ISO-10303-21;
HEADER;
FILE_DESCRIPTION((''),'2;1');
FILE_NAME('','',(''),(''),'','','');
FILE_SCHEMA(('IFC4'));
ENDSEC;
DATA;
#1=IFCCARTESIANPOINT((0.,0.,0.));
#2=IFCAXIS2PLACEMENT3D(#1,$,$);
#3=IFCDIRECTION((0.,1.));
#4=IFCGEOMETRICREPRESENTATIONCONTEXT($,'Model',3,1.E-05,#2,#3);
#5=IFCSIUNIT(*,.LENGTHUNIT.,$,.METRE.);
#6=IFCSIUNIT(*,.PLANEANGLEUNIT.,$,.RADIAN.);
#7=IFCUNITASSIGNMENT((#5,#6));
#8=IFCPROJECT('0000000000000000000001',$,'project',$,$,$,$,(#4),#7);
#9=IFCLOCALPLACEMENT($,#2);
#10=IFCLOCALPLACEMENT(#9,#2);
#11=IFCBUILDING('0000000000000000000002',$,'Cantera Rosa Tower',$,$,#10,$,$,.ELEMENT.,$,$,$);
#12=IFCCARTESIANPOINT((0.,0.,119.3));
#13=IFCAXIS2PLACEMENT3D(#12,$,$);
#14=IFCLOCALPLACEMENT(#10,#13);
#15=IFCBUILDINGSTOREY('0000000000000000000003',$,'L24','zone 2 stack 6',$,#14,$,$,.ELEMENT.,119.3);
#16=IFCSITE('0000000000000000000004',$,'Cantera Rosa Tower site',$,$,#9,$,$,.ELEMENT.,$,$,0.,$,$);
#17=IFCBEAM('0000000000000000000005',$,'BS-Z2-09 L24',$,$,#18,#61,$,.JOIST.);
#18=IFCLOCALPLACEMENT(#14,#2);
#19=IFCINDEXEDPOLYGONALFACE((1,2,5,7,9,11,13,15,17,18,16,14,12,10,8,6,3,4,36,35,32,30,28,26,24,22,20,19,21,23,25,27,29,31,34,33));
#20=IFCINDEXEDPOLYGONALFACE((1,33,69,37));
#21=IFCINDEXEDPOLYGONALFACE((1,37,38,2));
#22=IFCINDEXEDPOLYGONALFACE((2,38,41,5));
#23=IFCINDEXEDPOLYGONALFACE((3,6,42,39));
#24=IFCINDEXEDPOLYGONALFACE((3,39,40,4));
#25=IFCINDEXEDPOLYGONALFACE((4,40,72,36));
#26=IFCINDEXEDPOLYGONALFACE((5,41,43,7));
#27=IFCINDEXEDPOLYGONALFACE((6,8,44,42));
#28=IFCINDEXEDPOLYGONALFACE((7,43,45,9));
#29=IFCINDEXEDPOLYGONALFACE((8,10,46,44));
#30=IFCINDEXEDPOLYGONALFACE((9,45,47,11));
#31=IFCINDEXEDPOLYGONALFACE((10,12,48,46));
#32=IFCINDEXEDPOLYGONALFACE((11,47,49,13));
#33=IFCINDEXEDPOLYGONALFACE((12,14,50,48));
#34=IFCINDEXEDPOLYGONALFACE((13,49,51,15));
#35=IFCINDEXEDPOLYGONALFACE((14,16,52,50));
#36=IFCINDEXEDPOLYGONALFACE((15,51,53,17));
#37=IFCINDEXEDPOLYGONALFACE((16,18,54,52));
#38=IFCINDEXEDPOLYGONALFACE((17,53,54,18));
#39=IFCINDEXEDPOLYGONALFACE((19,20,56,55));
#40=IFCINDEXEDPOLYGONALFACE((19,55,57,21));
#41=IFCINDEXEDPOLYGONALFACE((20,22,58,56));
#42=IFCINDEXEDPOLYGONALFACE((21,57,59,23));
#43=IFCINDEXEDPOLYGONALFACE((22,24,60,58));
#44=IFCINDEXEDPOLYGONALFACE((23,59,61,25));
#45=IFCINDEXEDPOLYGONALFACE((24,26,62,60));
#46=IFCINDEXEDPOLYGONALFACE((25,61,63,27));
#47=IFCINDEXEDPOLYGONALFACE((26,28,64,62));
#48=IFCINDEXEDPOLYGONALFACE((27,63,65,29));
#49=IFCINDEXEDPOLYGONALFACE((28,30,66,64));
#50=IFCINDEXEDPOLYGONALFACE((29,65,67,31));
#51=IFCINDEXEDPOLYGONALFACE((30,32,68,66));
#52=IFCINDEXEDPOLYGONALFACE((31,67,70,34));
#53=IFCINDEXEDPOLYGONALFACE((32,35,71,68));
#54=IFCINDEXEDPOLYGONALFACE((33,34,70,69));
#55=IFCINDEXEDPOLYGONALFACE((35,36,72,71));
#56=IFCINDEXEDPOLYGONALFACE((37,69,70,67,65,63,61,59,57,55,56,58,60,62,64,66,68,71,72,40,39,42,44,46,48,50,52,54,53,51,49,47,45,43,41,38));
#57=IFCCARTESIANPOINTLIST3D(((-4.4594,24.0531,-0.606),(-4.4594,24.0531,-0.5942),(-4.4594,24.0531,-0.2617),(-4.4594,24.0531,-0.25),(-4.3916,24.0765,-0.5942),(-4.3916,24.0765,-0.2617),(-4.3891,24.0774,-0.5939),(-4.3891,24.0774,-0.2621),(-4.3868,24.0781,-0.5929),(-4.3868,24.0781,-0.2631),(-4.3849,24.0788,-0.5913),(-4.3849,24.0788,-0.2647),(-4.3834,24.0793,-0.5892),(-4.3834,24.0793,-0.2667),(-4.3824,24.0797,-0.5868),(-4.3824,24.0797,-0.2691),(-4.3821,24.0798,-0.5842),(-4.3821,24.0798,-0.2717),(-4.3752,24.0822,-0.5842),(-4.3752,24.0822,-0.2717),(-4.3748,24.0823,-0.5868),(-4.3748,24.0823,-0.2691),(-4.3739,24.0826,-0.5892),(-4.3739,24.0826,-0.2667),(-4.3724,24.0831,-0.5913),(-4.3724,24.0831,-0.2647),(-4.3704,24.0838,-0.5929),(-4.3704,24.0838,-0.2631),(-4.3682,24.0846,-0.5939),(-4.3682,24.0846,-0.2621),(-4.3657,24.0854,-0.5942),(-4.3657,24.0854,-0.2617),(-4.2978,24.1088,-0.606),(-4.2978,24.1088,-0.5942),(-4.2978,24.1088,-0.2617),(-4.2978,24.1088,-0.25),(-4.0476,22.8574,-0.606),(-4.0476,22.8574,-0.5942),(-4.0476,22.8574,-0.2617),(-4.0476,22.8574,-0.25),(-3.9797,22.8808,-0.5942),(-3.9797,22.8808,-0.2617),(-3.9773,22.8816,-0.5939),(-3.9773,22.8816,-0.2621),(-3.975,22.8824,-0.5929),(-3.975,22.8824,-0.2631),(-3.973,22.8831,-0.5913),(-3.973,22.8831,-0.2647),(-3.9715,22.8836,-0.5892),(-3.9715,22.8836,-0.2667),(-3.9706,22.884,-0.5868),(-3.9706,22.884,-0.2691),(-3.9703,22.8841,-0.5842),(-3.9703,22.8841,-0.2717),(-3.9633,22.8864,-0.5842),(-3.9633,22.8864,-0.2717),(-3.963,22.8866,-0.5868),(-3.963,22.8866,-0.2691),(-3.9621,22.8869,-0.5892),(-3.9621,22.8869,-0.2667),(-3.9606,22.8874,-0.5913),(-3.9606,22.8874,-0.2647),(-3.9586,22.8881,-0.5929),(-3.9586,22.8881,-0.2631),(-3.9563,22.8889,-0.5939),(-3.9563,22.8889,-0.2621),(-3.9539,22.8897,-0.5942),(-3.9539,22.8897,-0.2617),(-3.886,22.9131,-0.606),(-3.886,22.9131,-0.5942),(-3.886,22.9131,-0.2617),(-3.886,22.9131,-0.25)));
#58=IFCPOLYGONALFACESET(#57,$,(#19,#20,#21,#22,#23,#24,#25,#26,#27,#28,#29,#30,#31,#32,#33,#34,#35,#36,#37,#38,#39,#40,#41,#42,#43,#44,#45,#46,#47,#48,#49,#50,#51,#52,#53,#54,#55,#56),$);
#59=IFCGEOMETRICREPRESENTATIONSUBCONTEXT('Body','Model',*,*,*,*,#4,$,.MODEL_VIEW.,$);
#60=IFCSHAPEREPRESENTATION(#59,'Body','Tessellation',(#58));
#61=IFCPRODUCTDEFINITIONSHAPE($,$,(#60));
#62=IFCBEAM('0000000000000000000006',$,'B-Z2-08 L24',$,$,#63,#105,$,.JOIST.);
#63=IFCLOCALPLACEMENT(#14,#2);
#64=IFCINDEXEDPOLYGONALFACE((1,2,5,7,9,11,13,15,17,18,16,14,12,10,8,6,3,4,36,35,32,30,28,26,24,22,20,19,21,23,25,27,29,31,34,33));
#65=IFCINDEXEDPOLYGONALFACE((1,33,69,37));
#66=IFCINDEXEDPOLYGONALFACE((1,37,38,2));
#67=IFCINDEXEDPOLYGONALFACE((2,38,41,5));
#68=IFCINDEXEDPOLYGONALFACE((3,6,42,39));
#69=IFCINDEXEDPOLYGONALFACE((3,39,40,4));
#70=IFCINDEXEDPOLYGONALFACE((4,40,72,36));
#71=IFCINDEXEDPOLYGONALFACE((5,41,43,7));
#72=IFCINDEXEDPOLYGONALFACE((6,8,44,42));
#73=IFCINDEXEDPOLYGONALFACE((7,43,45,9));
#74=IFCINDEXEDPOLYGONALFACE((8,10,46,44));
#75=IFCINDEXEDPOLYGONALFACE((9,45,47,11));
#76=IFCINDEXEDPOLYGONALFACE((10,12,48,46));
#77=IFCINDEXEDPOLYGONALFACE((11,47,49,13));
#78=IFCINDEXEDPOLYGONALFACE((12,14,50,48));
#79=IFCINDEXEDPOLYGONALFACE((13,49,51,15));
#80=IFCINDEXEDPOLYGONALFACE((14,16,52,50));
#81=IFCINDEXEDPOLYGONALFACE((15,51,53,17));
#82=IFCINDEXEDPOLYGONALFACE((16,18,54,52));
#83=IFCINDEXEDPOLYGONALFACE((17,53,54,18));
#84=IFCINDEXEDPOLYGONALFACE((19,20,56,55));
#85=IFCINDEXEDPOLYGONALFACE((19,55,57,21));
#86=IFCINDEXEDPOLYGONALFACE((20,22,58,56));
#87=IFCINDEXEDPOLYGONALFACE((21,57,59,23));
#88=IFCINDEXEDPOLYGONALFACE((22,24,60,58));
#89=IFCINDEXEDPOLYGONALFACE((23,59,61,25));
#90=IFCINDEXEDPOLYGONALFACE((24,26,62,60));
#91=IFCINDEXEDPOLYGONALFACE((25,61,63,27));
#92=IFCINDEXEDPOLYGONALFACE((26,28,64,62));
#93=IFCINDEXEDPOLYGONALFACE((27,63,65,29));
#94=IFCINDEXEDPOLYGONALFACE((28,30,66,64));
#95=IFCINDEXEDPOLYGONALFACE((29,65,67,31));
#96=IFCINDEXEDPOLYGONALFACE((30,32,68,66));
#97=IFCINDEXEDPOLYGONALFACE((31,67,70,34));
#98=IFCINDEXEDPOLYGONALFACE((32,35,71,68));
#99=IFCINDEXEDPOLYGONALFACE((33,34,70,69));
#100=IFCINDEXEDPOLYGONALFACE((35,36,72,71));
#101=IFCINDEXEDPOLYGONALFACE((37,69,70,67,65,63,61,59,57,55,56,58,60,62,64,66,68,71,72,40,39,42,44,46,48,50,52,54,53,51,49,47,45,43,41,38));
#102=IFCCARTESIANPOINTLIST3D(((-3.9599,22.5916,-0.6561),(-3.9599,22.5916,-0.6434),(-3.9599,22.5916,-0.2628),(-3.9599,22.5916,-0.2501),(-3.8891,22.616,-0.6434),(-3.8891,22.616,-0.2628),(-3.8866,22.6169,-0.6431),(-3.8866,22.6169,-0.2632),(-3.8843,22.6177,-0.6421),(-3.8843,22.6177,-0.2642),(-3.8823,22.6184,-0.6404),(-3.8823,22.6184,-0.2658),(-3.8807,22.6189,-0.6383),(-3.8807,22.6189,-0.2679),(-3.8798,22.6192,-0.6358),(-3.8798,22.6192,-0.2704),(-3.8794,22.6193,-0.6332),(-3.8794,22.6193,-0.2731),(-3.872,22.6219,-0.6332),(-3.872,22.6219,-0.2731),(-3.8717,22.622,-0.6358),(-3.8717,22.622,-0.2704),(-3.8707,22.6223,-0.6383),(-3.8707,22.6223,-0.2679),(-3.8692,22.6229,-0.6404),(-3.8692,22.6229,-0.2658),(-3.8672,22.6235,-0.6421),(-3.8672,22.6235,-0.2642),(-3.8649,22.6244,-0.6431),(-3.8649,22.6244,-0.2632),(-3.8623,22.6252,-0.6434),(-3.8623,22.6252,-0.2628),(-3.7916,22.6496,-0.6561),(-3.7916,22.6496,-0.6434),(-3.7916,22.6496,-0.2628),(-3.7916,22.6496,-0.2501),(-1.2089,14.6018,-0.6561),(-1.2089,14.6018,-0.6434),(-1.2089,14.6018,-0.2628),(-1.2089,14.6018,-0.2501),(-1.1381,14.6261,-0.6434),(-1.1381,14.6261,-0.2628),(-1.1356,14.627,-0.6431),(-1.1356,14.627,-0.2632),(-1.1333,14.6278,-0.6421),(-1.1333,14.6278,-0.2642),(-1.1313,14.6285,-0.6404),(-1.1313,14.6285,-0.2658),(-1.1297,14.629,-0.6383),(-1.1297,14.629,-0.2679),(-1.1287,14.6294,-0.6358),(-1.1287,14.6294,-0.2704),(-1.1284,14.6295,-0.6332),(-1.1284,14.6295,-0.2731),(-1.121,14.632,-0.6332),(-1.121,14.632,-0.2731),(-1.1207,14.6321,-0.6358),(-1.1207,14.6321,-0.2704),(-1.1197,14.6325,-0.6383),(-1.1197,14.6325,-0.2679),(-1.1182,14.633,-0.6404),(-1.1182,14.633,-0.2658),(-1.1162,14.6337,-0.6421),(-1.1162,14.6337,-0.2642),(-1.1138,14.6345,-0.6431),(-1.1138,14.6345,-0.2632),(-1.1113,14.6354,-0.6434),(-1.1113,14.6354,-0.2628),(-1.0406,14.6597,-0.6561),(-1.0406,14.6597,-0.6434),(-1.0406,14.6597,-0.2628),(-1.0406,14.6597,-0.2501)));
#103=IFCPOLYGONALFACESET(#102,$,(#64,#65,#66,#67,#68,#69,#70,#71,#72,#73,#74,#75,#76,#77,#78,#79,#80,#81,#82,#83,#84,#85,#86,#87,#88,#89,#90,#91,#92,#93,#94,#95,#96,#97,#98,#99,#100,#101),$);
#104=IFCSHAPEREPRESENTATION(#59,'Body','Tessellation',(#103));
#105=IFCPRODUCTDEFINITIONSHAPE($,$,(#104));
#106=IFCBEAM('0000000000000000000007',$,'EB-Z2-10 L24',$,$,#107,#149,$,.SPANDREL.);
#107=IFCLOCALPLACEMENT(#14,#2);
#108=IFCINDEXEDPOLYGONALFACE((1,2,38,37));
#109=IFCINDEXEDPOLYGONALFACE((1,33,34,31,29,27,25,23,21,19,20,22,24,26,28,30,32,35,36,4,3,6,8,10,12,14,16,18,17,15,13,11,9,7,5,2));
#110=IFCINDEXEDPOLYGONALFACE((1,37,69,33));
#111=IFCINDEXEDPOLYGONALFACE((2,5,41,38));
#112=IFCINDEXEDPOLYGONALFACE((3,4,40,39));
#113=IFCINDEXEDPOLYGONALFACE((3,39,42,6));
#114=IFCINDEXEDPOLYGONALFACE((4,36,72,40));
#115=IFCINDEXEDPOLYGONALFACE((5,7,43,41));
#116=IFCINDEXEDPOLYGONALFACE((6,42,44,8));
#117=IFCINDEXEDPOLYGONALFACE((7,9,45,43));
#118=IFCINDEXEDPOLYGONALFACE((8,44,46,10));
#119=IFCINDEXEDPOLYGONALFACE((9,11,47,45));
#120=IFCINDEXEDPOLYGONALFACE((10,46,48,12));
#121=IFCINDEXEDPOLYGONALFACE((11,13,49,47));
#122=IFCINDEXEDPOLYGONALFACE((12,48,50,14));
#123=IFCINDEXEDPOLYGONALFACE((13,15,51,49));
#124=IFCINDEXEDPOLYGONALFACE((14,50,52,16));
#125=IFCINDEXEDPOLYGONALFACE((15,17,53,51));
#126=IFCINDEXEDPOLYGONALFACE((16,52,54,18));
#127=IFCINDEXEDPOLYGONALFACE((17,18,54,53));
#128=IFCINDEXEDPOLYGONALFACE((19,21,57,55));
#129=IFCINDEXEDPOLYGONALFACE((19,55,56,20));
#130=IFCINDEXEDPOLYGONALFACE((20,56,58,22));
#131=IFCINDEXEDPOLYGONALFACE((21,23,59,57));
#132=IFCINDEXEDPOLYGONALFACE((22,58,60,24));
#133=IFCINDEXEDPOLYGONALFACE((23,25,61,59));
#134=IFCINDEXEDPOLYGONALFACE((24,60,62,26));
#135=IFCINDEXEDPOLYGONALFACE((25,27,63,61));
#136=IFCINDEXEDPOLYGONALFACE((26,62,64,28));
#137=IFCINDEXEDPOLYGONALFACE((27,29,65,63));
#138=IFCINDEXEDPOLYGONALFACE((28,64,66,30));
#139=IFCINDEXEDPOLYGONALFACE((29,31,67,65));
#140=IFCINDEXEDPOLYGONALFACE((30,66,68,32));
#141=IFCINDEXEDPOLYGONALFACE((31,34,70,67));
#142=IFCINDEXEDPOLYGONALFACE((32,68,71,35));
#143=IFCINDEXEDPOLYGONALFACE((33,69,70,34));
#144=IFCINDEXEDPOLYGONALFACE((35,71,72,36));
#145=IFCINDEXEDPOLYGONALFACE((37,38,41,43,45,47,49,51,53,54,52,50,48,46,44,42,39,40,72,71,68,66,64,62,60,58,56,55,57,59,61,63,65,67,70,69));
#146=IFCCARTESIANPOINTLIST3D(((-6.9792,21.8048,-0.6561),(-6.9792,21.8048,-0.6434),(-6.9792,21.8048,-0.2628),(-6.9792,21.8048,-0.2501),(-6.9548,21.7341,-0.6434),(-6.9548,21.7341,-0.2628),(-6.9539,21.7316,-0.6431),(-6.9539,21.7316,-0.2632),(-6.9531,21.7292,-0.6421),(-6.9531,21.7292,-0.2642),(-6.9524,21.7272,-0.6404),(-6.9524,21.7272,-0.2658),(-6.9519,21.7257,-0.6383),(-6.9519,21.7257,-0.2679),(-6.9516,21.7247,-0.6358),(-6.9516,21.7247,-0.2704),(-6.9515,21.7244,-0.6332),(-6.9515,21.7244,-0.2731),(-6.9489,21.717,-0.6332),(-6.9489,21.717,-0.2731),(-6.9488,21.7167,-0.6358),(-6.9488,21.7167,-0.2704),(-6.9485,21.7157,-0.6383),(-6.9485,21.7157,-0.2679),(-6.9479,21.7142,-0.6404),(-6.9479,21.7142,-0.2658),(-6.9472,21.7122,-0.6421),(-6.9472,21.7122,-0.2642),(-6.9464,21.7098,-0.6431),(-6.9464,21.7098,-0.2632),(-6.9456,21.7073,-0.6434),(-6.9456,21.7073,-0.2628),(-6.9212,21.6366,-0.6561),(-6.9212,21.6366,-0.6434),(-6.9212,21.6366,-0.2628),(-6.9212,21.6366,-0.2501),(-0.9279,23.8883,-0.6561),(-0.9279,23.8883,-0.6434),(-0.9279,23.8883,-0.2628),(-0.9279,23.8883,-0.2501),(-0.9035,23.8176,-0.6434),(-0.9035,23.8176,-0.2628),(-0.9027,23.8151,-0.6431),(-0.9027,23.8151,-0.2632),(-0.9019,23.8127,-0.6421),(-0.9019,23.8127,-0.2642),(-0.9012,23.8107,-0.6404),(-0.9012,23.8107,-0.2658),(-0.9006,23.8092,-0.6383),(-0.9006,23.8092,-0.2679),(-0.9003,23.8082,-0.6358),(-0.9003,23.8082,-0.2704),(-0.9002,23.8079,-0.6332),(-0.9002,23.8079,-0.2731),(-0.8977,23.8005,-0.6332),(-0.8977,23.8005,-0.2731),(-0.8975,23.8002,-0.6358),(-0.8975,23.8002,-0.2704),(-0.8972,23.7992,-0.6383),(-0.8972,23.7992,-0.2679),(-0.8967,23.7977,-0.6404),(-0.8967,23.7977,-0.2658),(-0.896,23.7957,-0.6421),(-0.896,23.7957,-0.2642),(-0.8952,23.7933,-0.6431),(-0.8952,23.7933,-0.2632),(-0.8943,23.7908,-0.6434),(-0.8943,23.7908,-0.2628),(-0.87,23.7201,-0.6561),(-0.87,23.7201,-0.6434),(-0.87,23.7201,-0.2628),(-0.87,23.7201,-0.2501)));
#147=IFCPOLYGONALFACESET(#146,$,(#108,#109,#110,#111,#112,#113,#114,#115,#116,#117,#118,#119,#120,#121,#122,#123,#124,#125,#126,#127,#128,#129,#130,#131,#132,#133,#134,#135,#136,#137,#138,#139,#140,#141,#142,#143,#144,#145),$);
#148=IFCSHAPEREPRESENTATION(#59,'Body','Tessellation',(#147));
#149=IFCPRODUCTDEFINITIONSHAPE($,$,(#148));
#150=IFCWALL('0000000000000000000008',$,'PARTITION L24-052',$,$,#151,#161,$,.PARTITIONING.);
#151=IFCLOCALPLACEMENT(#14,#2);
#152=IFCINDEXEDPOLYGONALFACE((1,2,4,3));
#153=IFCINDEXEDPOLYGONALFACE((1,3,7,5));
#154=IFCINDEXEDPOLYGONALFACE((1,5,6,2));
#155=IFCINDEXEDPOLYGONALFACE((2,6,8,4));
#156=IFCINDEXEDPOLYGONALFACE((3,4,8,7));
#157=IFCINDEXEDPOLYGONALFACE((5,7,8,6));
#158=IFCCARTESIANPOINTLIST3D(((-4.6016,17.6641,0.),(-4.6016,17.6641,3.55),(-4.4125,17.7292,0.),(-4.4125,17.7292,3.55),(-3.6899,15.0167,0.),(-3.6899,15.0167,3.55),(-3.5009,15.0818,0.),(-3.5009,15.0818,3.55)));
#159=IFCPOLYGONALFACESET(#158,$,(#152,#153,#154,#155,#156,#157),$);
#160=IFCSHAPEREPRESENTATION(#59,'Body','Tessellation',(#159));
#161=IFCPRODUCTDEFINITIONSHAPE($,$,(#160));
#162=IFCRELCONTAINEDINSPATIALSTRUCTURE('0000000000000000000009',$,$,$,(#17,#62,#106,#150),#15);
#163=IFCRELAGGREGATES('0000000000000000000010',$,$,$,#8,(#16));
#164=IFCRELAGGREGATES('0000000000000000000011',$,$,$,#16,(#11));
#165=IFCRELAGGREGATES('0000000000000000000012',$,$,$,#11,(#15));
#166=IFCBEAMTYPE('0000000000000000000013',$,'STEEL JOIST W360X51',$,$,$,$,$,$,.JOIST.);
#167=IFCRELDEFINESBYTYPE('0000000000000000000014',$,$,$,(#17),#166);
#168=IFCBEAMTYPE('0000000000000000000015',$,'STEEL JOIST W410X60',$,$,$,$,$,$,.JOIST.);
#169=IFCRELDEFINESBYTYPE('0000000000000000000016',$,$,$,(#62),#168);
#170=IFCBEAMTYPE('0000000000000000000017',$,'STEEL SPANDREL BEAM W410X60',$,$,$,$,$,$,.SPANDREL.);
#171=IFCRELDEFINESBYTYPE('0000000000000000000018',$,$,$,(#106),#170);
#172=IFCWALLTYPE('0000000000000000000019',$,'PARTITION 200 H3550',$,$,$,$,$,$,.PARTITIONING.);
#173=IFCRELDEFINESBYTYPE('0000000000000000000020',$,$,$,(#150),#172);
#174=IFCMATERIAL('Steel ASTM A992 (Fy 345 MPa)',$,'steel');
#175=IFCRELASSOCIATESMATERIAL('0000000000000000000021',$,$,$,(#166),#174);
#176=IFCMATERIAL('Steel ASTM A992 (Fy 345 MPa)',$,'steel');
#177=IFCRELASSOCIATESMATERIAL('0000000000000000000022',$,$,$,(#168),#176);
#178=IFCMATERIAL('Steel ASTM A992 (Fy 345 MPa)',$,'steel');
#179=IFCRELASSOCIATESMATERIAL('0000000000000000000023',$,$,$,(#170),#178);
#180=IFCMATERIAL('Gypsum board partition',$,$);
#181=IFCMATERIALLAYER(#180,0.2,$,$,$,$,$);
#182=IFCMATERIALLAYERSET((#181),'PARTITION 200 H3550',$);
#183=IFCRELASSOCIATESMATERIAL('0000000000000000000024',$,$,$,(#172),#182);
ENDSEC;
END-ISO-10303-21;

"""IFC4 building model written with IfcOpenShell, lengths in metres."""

from ifc_helpers import new_model, si_unit, direction, frame, frame_2d, origin, origin_2d, place, context, subcontext, project, spatial, rectangle, i_section, extrude, material, layer, layer_set, material_profile, profile_set, type_object, element, save


model = new_model("IFC4")

# Units and contexts
model_context = context("Model", 3, precision=1e-05, world=origin(), true_north=direction((0.0, 1.0)))
body_context = subcontext(model_context, "Body", "Model", "MODEL_VIEW")
ifc_project = project(units=[si_unit("LENGTHUNIT", "METRE"), si_unit("PLANEANGLEUNIT", "RADIAN")], contexts=[model_context])

# Site, building, storey
site_placement = place(None, origin())
site = spatial("IfcSite", under=ifc_project, at=site_placement, Name="Cantera Rosa Tower site", CompositionType="ELEMENT", RefElevation=0.0)
building_placement = place(site_placement, origin())
building = spatial("IfcBuilding", under=site, at=building_placement, Name="Cantera Rosa Tower", CompositionType="ELEMENT")
storey_placement = place(building_placement, frame((0.0, 0.0, 119.3)))
storey = spatial("IfcBuildingStorey", under=building, at=storey_placement, Name="L24", Description="zone 2 stack 6", CompositionType="ELEMENT", Elevation=119.3)

# Beams
ifc_material_1 = material(Name="Steel ASTM A992 (Fy 345 MPa)", Category="steel")
ifc_material_profile_1 = material_profile(ifc_material_1, i_section(OverallWidth=0.1709, OverallDepth=0.356, WebThickness=0.0073, FlangeThickness=0.0117, FilletRadius=0.01, at=origin_2d()), Name="W360X51")
ifc_profile_set_1 = profile_set([ifc_material_profile_1], Name="Steel ASTM A992 (Fy 345 MPa)")
beam_type_1 = type_object("IfcBeamType", Name="STEEL JOIST W360X51", PredefinedType="JOIST", material=ifc_profile_set_1)
beam_1_placement = place(storey_placement, frame((-3.9668, 22.8853, -0.428), z_axis=(-0.325652, 0.94549, 0.0), x_axis=(-0.94549, -0.325652, 0.0)))
element("IfcBeam", 1, at=beam_1_placement, inside=storey, type_object=beam_type_1, Name="BS-Z2-09 L24", PredefinedType="JOIST", context=body_context, shape_type="SweptSolid", body=[
    extrude(i_section(OverallWidth=0.1709, OverallDepth=0.356, WebThickness=0.0073, FlangeThickness=0.0117, FilletRadius=0.01, at=origin_2d()), origin(), (0.0, 0.0, 1.0), 1.2646),
])
ifc_material_2 = material(Name="Steel ASTM A992 (Fy 345 MPa)", Category="steel")
ifc_material_profile_2 = material_profile(ifc_material_2, i_section(OverallWidth=0.178, OverallDepth=0.406, WebThickness=0.0078, FlangeThickness=0.0127, FilletRadius=0.0103, at=origin_2d()), Name="W410X60")
ifc_profile_set_2 = profile_set([ifc_material_profile_2], Name="Steel ASTM A992 (Fy 345 MPa)")
beam_type_2 = type_object("IfcBeamType", Name="STEEL JOIST W410X60", PredefinedType="JOIST", material=ifc_profile_set_2)
beam_2_placement = place(storey_placement, frame((-3.8757, 22.6206, -0.4531), z_axis=(0.325556, -0.945523, 0.0), x_axis=(0.945523, 0.325556, 0.0)))
element("IfcBeam", 2, at=beam_2_placement, inside=storey, type_object=beam_type_2, Name="B-Z2-08 L24", PredefinedType="JOIST", context=body_context, shape_type="SweptSolid", body=[
    extrude(i_section(OverallWidth=0.178, OverallDepth=0.406, WebThickness=0.0078, FlangeThickness=0.0127, FilletRadius=0.0103, at=origin_2d()), origin(), (0.0, 0.0, 1.0), 8.4502),
])
ifc_material_3 = material(Name="Steel ASTM A992 (Fy 345 MPa)", Category="steel")
ifc_material_profile_3 = material_profile(ifc_material_3, i_section(OverallWidth=0.178, OverallDepth=0.406, WebThickness=0.0078, FlangeThickness=0.0127, FilletRadius=0.0103, at=origin_2d()), Name="W410X60")
ifc_profile_set_3 = profile_set([ifc_material_profile_3], Name="Steel ASTM A992 (Fy 345 MPa)")
beam_type_3 = type_object("IfcBeamType", Name="STEEL SPANDREL BEAM W410X60", PredefinedType="SPANDREL", material=ifc_profile_set_3)
beam_3_placement = place(storey_placement, frame((-0.8989, 23.8042, -0.4531), z_axis=(-0.945524, -0.325551, 0.0), x_axis=(0.325551, -0.945524, 0.0)))
element("IfcBeam", 3, at=beam_3_placement, inside=storey, type_object=beam_type_3, Name="EB-Z2-10 L24", PredefinedType="SPANDREL", context=body_context, shape_type="SweptSolid", body=[
    extrude(i_section(OverallWidth=0.178, OverallDepth=0.406, WebThickness=0.0078, FlangeThickness=0.0127, FilletRadius=0.0103, at=origin_2d()), origin(), (0.0, 0.0, 1.0), 6.3999),
])

# Wall
ifc_material_4 = material(Name="Gypsum board partition")
ifc_layer_1 = layer(ifc_material_4, 0.2)
ifc_layer_set_1 = layer_set([ifc_layer_1], Name="PARTITION 200 H3550")
wall_type_1 = type_object("IfcWallType", Name="PARTITION 200 H3550", PredefinedType="PARTITIONING", material=ifc_layer_set_1)
wall_1_placement = place(storey_placement, frame((-3.5955, 15.0493, 0.0), z_axis=(0.0, 0.0, 1.0), x_axis=(-0.325577, 0.945516, 0.0)))
element("IfcWall", 4, at=wall_1_placement, inside=storey, type_object=wall_type_1, Name="PARTITION L24-052", PredefinedType="PARTITIONING", context=body_context, shape_type="SweptSolid", body=[
    extrude(rectangle(XDim=2.8, YDim=0.2, at=frame_2d((1.3999, 0.0))), origin(), (0.0, 0.0, 1.0), 3.55),
])

save(model, "model.ifc")
